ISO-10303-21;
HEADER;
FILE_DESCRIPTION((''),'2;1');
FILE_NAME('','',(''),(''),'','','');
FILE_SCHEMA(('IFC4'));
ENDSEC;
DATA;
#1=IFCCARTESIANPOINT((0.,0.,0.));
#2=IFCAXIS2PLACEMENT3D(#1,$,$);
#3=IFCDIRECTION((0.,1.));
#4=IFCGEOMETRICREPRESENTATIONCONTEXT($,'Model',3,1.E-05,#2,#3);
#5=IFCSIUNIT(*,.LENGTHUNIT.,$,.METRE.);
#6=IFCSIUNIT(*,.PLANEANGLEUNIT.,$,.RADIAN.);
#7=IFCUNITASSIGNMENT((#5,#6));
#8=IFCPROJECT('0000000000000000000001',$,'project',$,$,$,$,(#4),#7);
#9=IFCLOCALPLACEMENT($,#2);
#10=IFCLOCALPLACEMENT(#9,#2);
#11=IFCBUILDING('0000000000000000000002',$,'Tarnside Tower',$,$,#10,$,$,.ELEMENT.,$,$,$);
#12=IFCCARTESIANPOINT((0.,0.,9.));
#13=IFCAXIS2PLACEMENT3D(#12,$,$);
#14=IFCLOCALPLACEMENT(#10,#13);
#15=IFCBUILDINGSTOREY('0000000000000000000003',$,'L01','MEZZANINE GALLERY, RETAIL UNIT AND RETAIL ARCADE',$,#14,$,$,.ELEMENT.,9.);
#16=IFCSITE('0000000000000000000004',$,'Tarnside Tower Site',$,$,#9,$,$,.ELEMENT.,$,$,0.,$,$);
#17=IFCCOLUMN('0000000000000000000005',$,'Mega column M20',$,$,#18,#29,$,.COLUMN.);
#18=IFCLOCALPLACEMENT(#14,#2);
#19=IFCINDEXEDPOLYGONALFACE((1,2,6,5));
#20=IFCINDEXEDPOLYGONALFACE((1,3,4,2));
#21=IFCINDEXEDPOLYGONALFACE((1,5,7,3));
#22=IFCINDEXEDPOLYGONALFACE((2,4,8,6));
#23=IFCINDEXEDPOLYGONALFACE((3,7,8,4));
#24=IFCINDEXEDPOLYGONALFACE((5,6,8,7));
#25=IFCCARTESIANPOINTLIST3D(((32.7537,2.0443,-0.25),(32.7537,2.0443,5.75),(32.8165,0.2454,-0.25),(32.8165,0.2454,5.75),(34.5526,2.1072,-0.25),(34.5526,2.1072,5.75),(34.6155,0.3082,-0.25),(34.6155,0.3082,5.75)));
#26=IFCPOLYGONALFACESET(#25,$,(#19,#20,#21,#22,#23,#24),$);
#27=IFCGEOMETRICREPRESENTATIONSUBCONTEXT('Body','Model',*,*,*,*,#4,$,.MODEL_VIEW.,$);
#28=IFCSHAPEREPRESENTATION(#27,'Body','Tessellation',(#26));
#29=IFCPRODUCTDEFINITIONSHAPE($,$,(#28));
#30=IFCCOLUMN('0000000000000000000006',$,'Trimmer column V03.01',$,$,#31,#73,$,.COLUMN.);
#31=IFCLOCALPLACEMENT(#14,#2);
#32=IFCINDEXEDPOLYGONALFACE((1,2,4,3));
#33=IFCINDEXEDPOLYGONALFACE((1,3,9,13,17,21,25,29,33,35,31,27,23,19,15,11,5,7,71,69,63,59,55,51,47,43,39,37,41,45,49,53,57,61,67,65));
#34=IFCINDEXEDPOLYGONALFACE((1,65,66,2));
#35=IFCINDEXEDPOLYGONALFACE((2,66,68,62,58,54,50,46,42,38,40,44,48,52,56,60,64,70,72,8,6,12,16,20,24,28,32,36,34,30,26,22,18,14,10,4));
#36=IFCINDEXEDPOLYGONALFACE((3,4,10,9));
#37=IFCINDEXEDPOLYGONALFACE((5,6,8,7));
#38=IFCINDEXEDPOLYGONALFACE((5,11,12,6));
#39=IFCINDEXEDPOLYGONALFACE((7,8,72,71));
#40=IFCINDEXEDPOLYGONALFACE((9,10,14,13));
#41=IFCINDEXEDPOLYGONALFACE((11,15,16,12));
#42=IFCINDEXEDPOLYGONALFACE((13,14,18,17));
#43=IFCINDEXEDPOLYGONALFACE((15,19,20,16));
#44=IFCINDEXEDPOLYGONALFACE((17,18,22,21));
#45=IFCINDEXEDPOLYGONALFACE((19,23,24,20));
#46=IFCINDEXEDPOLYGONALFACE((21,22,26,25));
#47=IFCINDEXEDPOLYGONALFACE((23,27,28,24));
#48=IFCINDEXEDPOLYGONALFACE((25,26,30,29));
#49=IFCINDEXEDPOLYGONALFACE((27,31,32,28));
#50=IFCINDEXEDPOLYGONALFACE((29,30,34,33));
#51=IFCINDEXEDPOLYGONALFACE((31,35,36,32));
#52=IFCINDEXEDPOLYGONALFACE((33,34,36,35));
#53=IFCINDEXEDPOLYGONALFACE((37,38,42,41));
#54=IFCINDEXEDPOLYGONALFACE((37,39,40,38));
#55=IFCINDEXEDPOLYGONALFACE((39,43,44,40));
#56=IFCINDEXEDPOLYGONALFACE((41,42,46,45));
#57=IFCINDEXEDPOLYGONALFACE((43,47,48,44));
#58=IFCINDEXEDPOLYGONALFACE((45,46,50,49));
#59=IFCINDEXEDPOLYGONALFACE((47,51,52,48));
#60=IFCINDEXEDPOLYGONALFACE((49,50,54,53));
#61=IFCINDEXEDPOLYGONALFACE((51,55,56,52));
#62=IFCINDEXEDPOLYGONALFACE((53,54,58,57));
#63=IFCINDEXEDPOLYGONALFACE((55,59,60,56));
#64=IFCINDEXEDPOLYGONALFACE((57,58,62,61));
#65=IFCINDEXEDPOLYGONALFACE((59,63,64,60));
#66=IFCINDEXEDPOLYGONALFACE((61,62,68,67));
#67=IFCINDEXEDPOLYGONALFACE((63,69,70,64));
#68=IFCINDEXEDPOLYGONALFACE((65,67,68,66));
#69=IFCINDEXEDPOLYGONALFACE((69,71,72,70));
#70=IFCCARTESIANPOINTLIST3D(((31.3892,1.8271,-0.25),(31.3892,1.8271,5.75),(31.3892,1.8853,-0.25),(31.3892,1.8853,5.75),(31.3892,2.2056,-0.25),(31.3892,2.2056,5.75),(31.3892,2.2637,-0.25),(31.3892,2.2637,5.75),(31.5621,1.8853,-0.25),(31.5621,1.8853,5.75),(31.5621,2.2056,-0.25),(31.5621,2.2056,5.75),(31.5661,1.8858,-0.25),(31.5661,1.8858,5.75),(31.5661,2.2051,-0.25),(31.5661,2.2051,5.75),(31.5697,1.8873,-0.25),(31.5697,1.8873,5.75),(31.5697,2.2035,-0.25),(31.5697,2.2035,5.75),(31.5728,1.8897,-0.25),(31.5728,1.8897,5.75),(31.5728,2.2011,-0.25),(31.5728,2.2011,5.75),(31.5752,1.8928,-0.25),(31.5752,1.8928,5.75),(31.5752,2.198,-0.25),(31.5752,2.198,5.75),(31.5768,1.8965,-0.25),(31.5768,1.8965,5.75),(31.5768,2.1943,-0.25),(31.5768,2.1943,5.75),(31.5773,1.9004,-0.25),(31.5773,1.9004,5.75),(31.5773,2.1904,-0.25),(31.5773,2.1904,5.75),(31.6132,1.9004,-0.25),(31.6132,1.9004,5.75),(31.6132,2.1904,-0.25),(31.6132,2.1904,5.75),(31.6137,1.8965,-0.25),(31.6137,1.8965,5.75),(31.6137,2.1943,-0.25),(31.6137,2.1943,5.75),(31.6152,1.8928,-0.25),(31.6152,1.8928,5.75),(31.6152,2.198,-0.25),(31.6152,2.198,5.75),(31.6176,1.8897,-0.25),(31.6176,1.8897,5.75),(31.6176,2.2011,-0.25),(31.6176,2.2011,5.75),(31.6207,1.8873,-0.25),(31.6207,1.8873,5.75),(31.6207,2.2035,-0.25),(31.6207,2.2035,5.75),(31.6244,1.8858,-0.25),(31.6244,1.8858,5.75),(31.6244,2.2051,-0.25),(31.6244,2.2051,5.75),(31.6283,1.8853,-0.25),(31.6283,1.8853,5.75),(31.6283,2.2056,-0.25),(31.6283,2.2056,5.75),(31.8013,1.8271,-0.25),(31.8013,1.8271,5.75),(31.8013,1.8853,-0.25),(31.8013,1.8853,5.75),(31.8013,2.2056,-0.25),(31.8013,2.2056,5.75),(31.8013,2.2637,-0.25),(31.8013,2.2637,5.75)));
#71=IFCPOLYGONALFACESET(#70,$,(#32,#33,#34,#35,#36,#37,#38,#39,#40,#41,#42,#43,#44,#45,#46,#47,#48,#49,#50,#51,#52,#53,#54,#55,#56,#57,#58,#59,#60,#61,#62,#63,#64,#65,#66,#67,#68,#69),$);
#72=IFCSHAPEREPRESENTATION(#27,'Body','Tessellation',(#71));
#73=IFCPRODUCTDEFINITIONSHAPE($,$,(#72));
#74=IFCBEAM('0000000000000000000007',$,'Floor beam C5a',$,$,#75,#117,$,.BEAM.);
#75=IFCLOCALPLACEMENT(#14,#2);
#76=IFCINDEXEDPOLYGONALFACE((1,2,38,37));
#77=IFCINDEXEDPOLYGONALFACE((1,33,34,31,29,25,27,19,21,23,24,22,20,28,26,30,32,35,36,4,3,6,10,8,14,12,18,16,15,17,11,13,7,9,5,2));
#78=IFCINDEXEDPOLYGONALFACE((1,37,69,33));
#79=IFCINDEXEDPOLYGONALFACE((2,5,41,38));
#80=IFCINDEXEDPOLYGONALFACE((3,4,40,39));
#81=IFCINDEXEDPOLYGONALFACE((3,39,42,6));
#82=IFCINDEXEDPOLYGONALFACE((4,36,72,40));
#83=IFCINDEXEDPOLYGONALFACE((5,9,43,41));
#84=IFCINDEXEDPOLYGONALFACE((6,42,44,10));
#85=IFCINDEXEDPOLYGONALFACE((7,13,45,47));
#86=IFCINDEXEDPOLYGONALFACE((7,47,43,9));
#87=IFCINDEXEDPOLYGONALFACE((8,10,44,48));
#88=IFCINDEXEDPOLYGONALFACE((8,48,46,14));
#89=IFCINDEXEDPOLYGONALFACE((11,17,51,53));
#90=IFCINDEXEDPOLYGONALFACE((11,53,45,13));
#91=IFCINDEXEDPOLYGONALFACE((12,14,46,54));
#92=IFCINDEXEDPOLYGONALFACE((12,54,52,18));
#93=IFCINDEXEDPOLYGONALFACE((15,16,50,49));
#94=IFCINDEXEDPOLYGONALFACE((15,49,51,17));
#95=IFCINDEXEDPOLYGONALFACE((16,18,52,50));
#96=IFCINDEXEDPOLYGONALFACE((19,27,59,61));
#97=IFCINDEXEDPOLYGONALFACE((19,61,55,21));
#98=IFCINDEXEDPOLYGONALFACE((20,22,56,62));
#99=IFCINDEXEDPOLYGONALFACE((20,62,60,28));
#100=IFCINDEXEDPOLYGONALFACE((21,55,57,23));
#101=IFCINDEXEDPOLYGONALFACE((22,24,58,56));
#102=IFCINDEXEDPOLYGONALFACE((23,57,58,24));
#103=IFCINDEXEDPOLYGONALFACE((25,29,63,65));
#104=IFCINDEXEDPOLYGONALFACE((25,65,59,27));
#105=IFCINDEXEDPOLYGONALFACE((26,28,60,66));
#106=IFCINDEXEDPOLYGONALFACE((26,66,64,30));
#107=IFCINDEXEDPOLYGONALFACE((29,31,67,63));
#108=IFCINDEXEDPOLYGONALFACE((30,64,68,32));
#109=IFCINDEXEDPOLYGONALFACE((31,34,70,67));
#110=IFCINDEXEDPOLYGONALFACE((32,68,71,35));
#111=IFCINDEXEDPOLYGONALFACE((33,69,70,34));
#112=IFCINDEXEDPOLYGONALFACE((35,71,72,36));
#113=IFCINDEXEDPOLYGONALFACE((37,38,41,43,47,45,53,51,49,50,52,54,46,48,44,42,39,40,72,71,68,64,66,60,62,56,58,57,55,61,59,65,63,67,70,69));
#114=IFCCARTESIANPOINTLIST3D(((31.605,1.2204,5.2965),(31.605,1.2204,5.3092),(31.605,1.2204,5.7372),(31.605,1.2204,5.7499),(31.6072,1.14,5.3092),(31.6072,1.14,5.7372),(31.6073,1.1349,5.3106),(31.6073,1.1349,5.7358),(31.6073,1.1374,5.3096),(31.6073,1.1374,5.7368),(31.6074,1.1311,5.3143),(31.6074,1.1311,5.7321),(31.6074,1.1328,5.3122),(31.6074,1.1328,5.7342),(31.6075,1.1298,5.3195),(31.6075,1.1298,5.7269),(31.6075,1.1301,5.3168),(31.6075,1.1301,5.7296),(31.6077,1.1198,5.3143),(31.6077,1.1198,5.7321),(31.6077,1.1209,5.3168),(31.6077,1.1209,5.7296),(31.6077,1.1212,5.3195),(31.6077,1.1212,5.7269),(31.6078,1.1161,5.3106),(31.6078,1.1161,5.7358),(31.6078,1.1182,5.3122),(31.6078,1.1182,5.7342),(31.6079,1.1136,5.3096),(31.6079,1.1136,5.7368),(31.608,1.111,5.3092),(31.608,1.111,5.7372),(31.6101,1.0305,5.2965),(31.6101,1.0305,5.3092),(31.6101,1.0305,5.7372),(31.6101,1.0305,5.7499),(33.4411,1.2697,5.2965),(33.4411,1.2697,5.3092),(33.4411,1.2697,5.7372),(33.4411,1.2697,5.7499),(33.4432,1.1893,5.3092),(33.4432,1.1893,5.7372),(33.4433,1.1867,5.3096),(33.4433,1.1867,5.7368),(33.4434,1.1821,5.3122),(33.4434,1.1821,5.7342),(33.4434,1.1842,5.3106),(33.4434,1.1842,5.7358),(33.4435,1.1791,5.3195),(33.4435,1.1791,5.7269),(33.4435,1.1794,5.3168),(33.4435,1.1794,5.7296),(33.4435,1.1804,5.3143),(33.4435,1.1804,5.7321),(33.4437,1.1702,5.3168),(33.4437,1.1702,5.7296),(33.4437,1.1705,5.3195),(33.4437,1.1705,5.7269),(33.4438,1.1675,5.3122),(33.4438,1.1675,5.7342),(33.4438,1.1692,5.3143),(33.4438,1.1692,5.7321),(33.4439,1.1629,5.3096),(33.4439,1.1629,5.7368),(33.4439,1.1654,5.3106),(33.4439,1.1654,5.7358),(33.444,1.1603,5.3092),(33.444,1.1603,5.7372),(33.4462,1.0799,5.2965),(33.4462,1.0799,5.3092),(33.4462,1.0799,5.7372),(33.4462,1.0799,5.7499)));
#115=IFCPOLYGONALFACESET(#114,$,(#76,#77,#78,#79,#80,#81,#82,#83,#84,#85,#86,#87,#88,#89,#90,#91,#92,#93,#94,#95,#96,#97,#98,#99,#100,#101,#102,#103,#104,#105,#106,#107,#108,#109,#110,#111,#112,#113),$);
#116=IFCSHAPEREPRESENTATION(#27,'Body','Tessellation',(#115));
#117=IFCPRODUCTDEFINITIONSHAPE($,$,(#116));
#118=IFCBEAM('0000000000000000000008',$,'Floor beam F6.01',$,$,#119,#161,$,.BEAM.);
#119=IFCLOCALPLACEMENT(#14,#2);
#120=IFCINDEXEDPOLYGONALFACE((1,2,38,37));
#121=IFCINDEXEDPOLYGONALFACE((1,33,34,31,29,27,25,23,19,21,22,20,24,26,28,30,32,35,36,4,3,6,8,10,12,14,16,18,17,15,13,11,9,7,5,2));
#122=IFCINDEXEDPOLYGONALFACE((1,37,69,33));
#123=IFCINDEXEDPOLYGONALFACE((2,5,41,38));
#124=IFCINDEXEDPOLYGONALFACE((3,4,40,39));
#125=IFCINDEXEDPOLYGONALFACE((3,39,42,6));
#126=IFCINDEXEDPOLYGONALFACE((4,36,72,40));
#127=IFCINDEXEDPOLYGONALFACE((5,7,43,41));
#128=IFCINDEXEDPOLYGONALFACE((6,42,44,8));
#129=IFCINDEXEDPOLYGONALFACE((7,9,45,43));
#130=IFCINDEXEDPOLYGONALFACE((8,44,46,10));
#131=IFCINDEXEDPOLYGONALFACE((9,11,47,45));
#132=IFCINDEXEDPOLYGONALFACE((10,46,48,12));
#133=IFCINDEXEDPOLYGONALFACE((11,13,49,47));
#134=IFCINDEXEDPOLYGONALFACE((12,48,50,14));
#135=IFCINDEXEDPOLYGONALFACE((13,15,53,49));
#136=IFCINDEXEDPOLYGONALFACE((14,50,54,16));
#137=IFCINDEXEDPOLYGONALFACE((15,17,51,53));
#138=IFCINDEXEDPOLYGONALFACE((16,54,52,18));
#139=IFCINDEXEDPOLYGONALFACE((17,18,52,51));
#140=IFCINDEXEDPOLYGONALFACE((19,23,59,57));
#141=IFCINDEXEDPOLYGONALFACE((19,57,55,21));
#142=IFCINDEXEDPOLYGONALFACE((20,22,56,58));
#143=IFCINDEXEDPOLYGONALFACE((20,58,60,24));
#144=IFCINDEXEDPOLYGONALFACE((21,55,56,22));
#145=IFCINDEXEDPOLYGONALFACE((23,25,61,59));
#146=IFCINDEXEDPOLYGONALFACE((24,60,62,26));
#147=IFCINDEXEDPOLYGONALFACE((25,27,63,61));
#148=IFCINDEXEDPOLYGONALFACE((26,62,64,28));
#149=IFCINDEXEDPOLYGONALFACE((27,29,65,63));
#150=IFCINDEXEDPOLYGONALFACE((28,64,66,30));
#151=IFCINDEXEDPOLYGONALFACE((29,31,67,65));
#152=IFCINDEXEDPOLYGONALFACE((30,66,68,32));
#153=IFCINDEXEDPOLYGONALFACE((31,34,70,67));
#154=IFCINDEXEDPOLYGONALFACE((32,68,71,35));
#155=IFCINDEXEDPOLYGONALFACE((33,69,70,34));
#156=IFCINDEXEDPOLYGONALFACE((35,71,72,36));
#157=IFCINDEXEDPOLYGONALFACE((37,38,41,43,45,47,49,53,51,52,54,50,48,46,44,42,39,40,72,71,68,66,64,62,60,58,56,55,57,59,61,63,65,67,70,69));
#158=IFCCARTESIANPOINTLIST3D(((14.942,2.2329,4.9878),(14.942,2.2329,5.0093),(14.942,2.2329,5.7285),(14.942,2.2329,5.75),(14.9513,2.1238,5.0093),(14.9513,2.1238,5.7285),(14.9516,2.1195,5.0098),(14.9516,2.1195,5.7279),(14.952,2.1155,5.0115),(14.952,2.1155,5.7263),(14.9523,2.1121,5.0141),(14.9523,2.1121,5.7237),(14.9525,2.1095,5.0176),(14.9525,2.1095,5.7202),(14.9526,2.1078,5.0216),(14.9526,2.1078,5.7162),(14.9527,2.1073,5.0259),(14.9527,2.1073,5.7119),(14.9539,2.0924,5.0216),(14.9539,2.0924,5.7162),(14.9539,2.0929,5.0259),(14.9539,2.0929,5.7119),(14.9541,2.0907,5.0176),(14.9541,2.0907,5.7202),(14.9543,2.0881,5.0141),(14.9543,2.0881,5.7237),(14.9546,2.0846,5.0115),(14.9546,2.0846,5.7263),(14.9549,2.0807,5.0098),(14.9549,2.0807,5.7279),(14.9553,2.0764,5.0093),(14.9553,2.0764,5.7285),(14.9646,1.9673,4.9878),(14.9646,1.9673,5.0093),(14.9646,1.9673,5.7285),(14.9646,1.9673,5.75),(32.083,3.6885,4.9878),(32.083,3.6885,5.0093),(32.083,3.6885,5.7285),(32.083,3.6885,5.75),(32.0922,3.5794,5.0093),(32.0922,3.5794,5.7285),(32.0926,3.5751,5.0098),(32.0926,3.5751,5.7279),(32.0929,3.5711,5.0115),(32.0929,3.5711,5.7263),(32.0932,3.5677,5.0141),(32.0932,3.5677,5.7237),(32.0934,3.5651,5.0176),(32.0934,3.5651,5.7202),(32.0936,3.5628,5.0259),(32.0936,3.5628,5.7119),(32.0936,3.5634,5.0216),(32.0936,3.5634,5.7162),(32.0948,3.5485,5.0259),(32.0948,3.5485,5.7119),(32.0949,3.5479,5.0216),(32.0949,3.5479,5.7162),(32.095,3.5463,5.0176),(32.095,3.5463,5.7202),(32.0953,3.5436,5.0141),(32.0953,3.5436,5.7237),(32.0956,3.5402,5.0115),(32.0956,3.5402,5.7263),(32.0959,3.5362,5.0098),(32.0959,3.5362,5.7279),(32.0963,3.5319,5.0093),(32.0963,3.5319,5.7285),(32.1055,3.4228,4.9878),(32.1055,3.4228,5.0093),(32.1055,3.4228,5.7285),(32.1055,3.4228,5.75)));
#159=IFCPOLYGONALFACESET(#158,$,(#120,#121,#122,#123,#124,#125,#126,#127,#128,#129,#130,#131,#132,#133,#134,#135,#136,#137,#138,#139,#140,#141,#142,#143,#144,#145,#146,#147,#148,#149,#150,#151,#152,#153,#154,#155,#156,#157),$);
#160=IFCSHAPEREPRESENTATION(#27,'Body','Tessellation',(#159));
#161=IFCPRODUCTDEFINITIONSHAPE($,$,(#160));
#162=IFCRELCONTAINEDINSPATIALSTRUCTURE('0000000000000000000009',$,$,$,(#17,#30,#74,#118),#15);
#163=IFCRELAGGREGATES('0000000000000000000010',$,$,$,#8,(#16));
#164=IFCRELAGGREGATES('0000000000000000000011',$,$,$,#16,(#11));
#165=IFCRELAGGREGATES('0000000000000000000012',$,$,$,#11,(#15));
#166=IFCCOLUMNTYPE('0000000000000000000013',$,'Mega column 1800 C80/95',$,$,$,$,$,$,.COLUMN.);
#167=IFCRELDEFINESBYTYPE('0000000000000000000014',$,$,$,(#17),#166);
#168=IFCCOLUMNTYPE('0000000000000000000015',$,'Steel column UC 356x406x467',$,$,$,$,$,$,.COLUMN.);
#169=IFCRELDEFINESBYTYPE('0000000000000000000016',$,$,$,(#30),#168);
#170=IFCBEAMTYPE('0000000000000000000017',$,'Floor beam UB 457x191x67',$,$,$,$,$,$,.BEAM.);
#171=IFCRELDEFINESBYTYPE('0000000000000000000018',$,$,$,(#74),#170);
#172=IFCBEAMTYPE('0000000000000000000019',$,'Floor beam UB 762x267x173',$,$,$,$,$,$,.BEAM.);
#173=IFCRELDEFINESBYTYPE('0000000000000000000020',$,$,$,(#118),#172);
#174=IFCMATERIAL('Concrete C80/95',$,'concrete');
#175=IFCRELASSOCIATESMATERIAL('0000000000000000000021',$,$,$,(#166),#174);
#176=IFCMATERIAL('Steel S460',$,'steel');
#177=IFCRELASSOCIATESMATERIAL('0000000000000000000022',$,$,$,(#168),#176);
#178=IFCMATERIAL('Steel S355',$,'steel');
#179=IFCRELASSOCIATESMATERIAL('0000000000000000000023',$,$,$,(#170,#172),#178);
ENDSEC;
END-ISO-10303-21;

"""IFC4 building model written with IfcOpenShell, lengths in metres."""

from ifc_helpers import new_model, si_unit, direction, frame, origin, origin_2d, place, context, subcontext, project, spatial, rectangle, i_section, extrude, material, material_profile, profile_set, type_object, element, save


model = new_model("IFC4")

# Units and contexts
model_context = context("Model", 3, precision=1e-05, world=origin(), true_north=direction((0.0, 1.0)))
body_context = subcontext(model_context, "Body", "Model", "MODEL_VIEW")
ifc_project = project(units=[si_unit("LENGTHUNIT", "METRE"), si_unit("PLANEANGLEUNIT", "RADIAN")], contexts=[model_context])

# Site, building, storey
site_placement = place(None, origin())
site = spatial("IfcSite", under=ifc_project, at=site_placement, Name="Tarnside Tower Site", CompositionType="ELEMENT", RefElevation=0.0)
building_placement = place(site_placement, origin())
building = spatial("IfcBuilding", under=site, at=building_placement, Name="Tarnside Tower", CompositionType="ELEMENT")
storey_placement = place(building_placement, frame((0.0, 0.0, 9.0)))
storey = spatial("IfcBuildingStorey", under=building, at=storey_placement, Name="L01", Description="MEZZANINE GALLERY, RETAIL UNIT AND RETAIL ARCADE", CompositionType="ELEMENT", Elevation=9.0)

# Columns
ifc_material_1 = material(Name="Concrete C80/95", Category="concrete")
ifc_material_profile_1 = material_profile(ifc_material_1, rectangle(XDim=1.8, YDim=1.8, at=origin_2d()), Name="Mega column 1800x1800")
ifc_profile_set_1 = profile_set([ifc_material_profile_1], Name="Concrete C80/95")
column_type_1 = type_object("IfcColumnType", Name="Mega column 1800 C80/95", PredefinedType="COLUMN", material=ifc_profile_set_1)
column_1_placement = place(storey_placement, frame((33.6846, 1.1763, -0.25), z_axis=(0.0, 0.0, 1.0), x_axis=(0.034899, -0.999391, 0.0)))
element("IfcColumn", 1, at=column_1_placement, inside=storey, type_object=column_type_1, Name="Mega column M20", PredefinedType="COLUMN", context=body_context, shape_type="SweptSolid", body=[
    extrude(rectangle(XDim=1.8, YDim=1.8, at=origin_2d()), origin(), (0.0, 0.0, 1.0), 6.0),
])
ifc_material_2 = material(Name="Steel S460", Category="steel")
ifc_material_profile_2 = material_profile(ifc_material_2, i_section(OverallWidth=0.4121, OverallDepth=0.4365, WebThickness=0.0359, FlangeThickness=0.0581, FilletRadius=0.0151, at=origin_2d()), Name="UC 356x406x467")
ifc_profile_set_2 = profile_set([ifc_material_profile_2], Name="Steel S460")
column_type_2 = type_object("IfcColumnType", Name="Steel column UC 356x406x467", PredefinedType="COLUMN", material=ifc_profile_set_2)
column_2_placement = place(storey_placement, frame((31.5952, 2.0454, -0.25), z_axis=(0.0, 0.0, 1.0), x_axis=(1.0, 0.0, 0.0)))
element("IfcColumn", 2, at=column_2_placement, inside=storey, type_object=column_type_2, Name="Trimmer column V03.01", PredefinedType="COLUMN", context=body_context, shape_type="SweptSolid", body=[
    extrude(i_section(OverallWidth=0.4121, OverallDepth=0.4365, WebThickness=0.0359, FlangeThickness=0.0581, FilletRadius=0.0151, at=origin_2d()), origin(), (0.0, 0.0, 1.0), 6.0),
])

# Beams
ifc_material_3 = material(Name="Steel S355", Category="steel")
ifc_material_profile_3 = material_profile(ifc_material_3, i_section(OverallWidth=0.1899, OverallDepth=0.4534, WebThickness=0.0085, FlangeThickness=0.0127, FilletRadius=0.0103, at=origin_2d()), Name="UB 457x191x67")
ifc_profile_set_3 = profile_set([ifc_material_profile_3], Name="Steel S355")
beam_type_1 = type_object("IfcBeamType", Name="Floor beam UB 457x191x67", PredefinedType="BEAM", material=ifc_profile_set_3)
beam_1_placement = place(storey_placement, frame((33.4436, 1.1748, 5.5232), z_axis=(-0.999639, -0.026852, 0.0), x_axis=(0.026852, -0.999639, 0.0)))
element("IfcBeam", 3, at=beam_1_placement, inside=storey, type_object=beam_type_1, Name="Floor beam C5a", PredefinedType="BEAM", context=body_context, shape_type="SweptSolid", body=[
    extrude(i_section(OverallWidth=0.1899, OverallDepth=0.4534, WebThickness=0.0085, FlangeThickness=0.0127, FilletRadius=0.0103, at=origin_2d()), origin(), (0.0, 0.0, 1.0), 1.8367),
])
ifc_material_profile_4 = material_profile(ifc_material_3, i_section(OverallWidth=0.2666, OverallDepth=0.7622, WebThickness=0.0144, FlangeThickness=0.0215, FilletRadius=0.0166, at=origin_2d()), Name="UB 762x267x173")
ifc_profile_set_4 = profile_set([ifc_material_profile_4], Name="Steel S355")
beam_type_2 = type_object("IfcBeamType", Name="Floor beam UB 762x267x173", PredefinedType="BEAM", material=ifc_profile_set_4)
beam_2_placement = place(storey_placement, frame((32.0942, 3.5557, 5.3689), z_axis=(-0.996414, -0.084613, 0.0), x_axis=(0.084613, -0.996414, 0.0)))
element("IfcBeam", 4, at=beam_2_placement, inside=storey, type_object=beam_type_2, Name="Floor beam F6.01", PredefinedType="BEAM", context=body_context, shape_type="SweptSolid", body=[
    extrude(i_section(OverallWidth=0.2666, OverallDepth=0.7622, WebThickness=0.0144, FlangeThickness=0.0215, FilletRadius=0.0166, at=origin_2d()), origin(), (0.0, 0.0, 1.0), 17.2026),
])

save(model, "model.ifc")
